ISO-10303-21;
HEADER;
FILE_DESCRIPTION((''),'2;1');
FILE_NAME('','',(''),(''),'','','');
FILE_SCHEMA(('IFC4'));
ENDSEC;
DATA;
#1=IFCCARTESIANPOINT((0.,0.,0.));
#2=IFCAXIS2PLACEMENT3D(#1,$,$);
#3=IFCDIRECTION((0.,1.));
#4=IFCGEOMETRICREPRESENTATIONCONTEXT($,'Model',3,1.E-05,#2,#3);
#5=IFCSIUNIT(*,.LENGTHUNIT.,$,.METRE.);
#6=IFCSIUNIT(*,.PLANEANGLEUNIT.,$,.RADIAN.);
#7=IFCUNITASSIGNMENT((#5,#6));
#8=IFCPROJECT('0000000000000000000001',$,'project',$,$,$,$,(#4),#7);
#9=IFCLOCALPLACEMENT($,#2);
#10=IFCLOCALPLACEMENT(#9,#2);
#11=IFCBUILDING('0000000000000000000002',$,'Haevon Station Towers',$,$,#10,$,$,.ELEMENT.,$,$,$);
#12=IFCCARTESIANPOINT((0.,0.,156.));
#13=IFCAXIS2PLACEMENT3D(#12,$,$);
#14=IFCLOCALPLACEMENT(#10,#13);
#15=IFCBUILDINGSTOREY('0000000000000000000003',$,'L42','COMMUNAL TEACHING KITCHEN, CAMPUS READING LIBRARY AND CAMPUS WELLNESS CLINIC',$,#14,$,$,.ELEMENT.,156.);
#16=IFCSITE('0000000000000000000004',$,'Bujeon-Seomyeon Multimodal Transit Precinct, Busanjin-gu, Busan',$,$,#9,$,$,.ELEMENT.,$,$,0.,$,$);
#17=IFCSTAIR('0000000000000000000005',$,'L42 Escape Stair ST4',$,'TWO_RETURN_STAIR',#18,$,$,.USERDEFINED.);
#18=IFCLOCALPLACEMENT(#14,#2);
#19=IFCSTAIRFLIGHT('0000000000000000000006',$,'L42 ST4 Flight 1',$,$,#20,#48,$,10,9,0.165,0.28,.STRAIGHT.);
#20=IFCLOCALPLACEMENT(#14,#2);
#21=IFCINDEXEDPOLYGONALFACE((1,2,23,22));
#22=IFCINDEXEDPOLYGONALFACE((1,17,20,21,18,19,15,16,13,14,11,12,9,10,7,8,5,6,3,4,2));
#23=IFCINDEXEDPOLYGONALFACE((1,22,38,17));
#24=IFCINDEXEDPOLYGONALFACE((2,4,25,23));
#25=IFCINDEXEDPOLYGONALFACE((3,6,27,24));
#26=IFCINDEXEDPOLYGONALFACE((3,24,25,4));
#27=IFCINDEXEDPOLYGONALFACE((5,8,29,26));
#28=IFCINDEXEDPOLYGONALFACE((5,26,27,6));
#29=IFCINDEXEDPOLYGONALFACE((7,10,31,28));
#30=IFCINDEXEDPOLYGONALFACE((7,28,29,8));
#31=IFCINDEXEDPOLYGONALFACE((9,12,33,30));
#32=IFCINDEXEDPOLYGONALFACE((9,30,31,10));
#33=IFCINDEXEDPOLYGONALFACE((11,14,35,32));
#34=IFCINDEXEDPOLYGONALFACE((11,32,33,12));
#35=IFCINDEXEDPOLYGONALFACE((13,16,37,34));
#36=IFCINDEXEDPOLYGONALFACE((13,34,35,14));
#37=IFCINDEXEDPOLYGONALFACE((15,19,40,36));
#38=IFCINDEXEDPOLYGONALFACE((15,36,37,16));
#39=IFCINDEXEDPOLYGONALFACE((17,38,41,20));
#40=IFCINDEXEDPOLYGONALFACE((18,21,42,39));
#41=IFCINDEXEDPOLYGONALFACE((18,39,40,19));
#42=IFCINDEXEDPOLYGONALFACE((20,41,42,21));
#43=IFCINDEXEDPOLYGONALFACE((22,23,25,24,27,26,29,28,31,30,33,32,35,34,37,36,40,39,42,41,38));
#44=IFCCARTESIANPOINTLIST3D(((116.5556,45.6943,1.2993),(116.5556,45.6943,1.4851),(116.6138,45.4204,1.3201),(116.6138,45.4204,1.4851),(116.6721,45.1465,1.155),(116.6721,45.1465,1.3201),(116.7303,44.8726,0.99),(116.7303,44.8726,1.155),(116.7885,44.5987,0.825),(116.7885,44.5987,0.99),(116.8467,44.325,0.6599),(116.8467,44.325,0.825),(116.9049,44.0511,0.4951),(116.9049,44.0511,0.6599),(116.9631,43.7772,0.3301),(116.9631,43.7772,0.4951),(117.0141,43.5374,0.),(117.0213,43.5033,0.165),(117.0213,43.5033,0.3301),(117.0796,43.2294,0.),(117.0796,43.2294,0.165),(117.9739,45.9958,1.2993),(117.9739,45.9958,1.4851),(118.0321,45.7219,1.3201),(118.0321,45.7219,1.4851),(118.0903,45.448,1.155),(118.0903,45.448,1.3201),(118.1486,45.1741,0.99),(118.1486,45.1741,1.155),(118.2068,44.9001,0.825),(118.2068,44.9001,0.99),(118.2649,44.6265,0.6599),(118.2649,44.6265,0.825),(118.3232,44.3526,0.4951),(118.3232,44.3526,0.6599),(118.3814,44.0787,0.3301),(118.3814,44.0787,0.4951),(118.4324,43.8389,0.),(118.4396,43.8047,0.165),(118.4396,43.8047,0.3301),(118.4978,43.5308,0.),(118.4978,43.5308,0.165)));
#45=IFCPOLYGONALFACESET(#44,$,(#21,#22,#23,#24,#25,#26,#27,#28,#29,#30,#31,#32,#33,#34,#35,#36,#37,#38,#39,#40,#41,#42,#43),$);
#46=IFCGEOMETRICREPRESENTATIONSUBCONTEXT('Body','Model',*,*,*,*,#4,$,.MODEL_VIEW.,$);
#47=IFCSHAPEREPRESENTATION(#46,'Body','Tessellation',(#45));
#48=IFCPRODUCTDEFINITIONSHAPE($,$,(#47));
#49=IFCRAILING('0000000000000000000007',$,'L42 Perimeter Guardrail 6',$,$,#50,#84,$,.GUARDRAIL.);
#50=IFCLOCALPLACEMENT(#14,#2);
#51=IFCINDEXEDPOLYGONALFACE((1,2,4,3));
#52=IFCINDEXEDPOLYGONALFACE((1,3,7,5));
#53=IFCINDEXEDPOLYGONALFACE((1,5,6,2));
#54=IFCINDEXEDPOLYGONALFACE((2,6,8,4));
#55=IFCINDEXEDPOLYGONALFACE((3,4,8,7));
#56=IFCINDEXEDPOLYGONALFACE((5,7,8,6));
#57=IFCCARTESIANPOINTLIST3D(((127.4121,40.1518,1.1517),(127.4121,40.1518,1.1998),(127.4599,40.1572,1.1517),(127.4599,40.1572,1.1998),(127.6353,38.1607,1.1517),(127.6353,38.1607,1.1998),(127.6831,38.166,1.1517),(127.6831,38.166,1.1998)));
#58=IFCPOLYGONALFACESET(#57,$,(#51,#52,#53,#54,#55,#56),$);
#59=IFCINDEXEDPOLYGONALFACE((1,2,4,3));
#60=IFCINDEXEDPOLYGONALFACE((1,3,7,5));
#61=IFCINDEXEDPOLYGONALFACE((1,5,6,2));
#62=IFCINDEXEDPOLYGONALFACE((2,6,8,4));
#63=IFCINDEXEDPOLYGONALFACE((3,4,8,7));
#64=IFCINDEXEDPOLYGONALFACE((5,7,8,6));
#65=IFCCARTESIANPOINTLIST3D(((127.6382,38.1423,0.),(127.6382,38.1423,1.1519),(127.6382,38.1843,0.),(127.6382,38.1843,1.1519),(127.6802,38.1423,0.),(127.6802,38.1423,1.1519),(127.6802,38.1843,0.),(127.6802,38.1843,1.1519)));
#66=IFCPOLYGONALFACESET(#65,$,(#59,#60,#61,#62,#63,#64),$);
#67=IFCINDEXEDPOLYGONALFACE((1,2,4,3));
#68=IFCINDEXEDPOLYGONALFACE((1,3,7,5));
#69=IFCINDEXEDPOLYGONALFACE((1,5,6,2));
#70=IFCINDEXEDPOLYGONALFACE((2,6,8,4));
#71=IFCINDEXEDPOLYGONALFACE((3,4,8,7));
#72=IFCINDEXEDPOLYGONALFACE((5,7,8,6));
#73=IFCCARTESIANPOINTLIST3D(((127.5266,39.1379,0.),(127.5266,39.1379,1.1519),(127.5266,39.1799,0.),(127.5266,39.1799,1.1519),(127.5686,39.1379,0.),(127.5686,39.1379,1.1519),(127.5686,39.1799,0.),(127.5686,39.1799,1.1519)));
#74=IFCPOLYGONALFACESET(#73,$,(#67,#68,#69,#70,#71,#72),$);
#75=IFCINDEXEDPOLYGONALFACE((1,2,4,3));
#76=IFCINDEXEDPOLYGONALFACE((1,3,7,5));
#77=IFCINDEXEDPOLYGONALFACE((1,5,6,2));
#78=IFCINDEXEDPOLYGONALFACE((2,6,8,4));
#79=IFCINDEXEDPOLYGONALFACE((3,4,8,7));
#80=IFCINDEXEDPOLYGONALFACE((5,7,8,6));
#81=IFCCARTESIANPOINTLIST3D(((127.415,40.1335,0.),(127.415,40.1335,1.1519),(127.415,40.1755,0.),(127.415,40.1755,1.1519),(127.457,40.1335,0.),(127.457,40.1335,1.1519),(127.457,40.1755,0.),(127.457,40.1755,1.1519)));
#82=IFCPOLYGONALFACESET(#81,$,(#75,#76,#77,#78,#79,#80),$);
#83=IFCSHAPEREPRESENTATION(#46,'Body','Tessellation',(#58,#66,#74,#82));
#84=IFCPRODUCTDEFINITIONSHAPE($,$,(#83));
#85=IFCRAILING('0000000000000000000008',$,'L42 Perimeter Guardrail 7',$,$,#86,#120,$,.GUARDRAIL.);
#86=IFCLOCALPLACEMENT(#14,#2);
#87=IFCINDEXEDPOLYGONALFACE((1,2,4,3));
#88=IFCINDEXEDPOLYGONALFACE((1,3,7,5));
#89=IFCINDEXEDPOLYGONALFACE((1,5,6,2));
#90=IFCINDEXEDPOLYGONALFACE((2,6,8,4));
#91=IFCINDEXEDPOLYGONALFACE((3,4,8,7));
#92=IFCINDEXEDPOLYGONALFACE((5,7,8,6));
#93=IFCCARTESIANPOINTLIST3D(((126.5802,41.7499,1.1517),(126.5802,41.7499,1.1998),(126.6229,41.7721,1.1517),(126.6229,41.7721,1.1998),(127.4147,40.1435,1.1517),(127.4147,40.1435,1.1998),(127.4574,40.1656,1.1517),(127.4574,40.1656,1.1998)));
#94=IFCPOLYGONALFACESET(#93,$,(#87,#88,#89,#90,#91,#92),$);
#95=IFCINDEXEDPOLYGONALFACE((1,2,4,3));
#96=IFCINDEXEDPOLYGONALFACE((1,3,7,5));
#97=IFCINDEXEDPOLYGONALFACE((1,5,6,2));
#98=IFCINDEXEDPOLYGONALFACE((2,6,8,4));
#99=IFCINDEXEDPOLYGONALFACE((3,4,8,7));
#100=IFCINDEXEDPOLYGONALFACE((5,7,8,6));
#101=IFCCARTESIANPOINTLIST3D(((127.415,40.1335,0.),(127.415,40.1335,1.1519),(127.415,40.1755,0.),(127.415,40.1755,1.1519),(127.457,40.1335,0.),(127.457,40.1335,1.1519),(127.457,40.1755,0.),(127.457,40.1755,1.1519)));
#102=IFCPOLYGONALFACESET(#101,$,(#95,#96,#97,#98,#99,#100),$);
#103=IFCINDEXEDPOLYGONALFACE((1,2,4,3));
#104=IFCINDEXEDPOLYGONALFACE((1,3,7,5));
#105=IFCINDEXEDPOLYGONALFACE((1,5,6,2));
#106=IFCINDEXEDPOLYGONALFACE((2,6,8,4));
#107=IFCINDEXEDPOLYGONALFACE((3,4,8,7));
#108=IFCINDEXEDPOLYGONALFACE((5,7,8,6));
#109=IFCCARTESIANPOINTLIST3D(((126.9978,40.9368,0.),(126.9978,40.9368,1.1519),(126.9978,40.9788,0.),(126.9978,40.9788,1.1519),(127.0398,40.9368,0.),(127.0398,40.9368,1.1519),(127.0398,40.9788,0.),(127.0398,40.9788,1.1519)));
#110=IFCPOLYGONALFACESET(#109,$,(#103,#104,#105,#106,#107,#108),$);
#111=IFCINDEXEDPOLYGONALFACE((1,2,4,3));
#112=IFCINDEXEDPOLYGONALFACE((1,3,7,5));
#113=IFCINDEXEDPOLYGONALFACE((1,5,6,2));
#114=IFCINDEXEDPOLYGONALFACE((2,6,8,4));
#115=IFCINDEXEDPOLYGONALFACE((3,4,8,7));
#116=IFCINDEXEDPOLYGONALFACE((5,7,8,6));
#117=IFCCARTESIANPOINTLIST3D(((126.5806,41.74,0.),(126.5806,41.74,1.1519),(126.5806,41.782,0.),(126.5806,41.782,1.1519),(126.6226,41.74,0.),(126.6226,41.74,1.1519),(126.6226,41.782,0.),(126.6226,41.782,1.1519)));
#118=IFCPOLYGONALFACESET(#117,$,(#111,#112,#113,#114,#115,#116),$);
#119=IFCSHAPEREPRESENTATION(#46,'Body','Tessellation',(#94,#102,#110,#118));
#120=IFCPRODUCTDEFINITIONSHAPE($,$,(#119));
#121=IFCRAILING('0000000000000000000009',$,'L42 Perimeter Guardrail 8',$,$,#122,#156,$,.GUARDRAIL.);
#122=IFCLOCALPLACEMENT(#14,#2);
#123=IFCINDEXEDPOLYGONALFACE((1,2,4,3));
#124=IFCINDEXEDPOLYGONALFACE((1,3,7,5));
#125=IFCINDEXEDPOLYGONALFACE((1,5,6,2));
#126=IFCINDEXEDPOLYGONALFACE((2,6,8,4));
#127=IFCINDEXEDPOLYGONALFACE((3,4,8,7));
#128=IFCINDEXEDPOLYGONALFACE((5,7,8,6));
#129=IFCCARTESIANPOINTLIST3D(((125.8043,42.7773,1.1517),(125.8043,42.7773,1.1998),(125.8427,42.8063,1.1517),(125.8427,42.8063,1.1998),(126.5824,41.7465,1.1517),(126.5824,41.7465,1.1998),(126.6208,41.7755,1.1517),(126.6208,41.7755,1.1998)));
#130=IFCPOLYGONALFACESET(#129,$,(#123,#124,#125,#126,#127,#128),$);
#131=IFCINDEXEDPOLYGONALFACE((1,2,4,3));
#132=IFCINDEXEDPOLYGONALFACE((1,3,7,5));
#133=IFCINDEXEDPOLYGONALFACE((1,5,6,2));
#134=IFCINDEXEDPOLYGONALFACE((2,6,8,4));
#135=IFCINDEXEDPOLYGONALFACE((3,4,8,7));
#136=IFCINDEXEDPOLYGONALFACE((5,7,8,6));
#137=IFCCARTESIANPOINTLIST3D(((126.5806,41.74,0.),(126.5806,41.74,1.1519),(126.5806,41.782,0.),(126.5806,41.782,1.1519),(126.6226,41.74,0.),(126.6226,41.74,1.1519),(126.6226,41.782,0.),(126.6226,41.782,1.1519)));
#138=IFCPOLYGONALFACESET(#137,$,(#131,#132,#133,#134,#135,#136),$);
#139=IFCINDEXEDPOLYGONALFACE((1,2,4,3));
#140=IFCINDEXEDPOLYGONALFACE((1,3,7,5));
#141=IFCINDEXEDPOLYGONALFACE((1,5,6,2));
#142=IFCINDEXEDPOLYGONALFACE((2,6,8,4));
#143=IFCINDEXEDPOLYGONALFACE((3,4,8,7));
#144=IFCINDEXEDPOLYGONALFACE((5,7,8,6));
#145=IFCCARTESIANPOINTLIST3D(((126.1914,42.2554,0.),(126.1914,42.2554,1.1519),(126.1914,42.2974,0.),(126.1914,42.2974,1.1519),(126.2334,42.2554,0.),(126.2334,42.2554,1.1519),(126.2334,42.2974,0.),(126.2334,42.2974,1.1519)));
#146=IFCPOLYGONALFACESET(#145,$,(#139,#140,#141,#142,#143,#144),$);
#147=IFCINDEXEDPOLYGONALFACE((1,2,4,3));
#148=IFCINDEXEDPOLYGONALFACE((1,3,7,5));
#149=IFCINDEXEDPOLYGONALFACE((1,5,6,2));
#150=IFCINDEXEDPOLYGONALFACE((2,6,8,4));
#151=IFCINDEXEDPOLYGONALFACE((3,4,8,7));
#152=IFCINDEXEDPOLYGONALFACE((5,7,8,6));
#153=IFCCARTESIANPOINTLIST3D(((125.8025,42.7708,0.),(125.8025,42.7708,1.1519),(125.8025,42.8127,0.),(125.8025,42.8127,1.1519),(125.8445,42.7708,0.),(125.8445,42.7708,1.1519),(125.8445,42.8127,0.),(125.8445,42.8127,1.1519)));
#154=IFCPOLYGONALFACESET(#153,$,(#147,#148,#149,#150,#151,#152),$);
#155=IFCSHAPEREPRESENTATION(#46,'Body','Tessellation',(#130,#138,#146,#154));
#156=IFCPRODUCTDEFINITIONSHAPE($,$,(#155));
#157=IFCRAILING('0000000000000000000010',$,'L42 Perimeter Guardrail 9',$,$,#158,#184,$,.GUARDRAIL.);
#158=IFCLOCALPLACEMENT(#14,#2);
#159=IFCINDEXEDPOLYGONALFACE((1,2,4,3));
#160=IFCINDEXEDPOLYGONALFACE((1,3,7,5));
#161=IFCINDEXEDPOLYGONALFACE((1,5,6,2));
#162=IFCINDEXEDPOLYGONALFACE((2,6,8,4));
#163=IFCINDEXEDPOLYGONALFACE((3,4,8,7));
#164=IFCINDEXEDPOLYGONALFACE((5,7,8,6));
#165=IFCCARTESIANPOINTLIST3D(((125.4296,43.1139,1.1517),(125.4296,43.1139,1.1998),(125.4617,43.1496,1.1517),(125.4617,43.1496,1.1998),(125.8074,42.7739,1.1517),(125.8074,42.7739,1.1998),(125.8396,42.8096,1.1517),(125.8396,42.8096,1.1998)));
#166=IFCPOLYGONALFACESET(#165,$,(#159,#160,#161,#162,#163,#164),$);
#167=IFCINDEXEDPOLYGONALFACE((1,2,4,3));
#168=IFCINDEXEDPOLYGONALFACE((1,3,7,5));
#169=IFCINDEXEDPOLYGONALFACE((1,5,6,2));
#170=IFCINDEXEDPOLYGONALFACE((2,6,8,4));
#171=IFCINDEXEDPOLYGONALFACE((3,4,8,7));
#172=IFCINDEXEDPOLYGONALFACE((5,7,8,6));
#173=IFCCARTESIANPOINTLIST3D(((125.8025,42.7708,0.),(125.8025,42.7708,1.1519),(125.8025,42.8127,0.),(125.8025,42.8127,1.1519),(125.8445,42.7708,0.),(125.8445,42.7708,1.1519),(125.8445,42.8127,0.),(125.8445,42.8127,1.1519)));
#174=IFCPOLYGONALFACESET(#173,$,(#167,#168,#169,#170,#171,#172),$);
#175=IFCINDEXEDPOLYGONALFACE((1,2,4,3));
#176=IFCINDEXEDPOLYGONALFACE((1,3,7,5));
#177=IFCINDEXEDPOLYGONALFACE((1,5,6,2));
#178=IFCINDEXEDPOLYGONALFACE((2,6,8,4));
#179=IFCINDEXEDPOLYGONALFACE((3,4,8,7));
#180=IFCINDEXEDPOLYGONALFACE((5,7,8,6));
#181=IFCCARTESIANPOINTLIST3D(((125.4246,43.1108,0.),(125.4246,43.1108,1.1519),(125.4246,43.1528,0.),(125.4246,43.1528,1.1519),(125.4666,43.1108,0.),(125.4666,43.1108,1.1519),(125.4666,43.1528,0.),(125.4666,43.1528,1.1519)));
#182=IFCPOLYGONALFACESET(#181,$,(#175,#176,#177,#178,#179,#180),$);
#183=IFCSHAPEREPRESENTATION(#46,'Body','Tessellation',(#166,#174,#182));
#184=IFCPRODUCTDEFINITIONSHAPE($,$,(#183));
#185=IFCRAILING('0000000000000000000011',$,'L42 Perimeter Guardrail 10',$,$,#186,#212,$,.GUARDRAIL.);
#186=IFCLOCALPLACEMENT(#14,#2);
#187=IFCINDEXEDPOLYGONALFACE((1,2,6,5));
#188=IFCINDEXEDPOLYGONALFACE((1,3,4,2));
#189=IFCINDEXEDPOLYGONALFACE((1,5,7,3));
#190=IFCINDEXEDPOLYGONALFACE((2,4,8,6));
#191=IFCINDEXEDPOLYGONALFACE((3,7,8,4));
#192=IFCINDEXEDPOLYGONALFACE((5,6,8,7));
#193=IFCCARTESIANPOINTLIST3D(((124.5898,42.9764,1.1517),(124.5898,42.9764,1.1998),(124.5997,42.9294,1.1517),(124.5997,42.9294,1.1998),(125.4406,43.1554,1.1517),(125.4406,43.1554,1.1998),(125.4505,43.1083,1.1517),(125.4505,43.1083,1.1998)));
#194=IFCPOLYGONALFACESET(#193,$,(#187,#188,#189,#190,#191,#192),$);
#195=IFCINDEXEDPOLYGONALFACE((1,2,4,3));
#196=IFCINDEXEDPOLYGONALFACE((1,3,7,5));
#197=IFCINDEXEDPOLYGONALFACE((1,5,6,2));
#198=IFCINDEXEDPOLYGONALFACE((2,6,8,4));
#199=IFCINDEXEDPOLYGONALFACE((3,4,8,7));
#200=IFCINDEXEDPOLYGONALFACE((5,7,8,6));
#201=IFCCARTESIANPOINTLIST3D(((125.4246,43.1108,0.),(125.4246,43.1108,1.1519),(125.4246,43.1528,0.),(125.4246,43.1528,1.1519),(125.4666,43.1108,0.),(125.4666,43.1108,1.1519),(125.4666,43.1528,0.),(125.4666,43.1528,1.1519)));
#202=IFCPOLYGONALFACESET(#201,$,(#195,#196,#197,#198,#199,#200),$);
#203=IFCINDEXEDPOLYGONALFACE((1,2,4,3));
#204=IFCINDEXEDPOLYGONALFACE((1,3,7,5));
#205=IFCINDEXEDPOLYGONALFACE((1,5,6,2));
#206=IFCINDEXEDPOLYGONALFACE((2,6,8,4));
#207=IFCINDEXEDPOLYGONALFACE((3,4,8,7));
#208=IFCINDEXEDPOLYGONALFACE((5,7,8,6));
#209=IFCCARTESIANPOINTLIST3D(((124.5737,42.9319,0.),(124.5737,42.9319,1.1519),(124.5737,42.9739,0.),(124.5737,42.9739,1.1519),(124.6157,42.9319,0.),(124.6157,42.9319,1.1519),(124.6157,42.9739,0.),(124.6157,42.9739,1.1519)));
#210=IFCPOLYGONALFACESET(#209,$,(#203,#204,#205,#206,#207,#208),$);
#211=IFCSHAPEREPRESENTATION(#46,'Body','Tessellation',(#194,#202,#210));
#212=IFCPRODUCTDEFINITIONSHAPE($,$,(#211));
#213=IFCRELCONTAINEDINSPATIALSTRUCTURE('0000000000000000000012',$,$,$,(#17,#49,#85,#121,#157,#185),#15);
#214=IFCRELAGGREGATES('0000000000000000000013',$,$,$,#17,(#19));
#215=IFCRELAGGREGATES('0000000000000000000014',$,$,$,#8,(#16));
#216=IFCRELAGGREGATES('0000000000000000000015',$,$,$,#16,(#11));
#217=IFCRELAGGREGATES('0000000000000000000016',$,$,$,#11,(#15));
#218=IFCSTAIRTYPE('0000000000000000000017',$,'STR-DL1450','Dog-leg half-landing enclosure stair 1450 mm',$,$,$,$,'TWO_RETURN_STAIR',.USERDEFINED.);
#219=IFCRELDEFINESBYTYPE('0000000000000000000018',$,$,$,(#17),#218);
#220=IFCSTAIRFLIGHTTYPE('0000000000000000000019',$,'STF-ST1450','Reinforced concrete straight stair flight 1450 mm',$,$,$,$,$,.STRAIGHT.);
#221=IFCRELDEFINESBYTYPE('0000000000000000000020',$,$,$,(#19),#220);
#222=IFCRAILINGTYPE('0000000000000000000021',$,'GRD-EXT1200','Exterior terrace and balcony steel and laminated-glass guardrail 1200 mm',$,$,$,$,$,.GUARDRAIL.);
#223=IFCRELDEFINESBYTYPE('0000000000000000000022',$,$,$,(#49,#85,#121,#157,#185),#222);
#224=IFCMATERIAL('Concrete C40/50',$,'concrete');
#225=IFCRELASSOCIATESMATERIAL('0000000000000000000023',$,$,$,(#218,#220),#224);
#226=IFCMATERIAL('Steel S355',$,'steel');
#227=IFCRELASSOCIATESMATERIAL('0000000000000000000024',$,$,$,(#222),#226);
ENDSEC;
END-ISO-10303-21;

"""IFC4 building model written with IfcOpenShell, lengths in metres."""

from ifc_helpers import new_model, si_unit, direction, frame, origin, origin_2d, place, context, subcontext, project, spatial, polyline, rectangle, outline, extrude, material, type_object, element, aggregate, save


model = new_model("IFC4")

# Units and contexts
model_context = context("Model", 3, precision=1e-05, world=origin(), true_north=direction((0.0, 1.0)))
body_context = subcontext(model_context, "Body", "Model", "MODEL_VIEW")
ifc_project = project(units=[si_unit("LENGTHUNIT", "METRE"), si_unit("PLANEANGLEUNIT", "RADIAN")], contexts=[model_context])

# Site, building, storey
site_placement = place(None, origin())
site = spatial("IfcSite", under=ifc_project, at=site_placement, Name="Bujeon-Seomyeon Multimodal Transit Precinct, Busanjin-gu, Busan", CompositionType="ELEMENT", RefElevation=0.0)
building_placement = place(site_placement, origin())
building = spatial("IfcBuilding", under=site, at=building_placement, Name="Haevon Station Towers", CompositionType="ELEMENT")
storey_placement = place(building_placement, frame((0.0, 0.0, 156.0)))
storey = spatial("IfcBuildingStorey", under=building, at=storey_placement, Name="L42", Description="COMMUNAL TEACHING KITCHEN, CAMPUS READING LIBRARY AND CAMPUS WELLNESS CLINIC", CompositionType="ELEMENT", Elevation=156.0)

# Shared definitions
ifc_material_1 = material(Name="Steel S355", Category="steel")

# Stair, stair flight
ifc_material_2 = material(Name="Concrete C40/50", Category="concrete")
stair_type = type_object("IfcStairType", Name="STR-DL1450", Description="Dog-leg half-landing enclosure stair 1450 mm", ElementType="TWO_RETURN_STAIR", PredefinedType="USERDEFINED", material=ifc_material_2)
stair_placement = place(storey_placement, origin())
stair = element("IfcStair", 1, at=stair_placement, inside=storey, type_object=stair_type, Name="L42 Escape Stair ST4", ObjectType="TWO_RETURN_STAIR", PredefinedType="USERDEFINED")
stair_flight_type = type_object("IfcStairFlightType", Name="STF-ST1450", Description="Reinforced concrete straight stair flight 1450 mm", PredefinedType="STRAIGHT", material=ifc_material_2)
stair_flight_placement = place(storey_placement, frame((117.7888, 43.3801, 0.0), z_axis=(0.0, 0.0, 1.0), x_axis=(-0.207912, 0.978148, 0.0)))
stair_flight = element("IfcStairFlight", 2, at=stair_flight_placement, type_object=stair_flight_type, Name="L42 ST4 Flight 1", NumberOfRisers=10, NumberOfTreads=9, PredefinedType="STRAIGHT", RiserHeight=0.165, TreadLength=0.28, context=body_context, shape_type="SweptSolid", body=[
    extrude(outline(polyline([(0.0, 0.0), (0.0, 0.165), (0.28, 0.165), (0.28, 0.3301), (0.5601, 0.3301), (0.5601, 0.4951), (0.8401, 0.4951), (0.8401, 0.6599), (1.1201, 0.6599), (1.1201, 0.825), (1.3999, 0.825), (1.3999, 0.99), (1.6799, 0.99), (1.6799, 1.155), (1.96, 1.155), (1.96, 1.3201), (2.24, 1.3201), (2.24, 1.4851), (2.52, 1.4851), (2.52, 1.6499), (2.52, 1.2993), (0.3149, 0.0), (0.0, 0.0)])), frame((0.0, 0.7251, 0.0), z_axis=(0.0, -1.0, 0.0), x_axis=(1.0, 0.0, 0.0)), (0.0, 0.0, 1.0), 1.45),
])
aggregate(stair, [stair_flight])

# Railings
railing_type_1 = type_object("IfcRailingType", Name="GRD-EXT1200", Description="Exterior terrace and balcony steel and laminated-glass guardrail 1200 mm", PredefinedType="GUARDRAIL", material=ifc_material_1)
railing_1_placement = place(storey_placement, frame((127.6592, 38.1633, 0.0)))
element("IfcRailing", 3, at=railing_1_placement, inside=storey, type_object=railing_type_1, Name="L42 Perimeter Guardrail 6", PredefinedType="GUARDRAIL", context=body_context, shape_type="SweptSolid", body=[
    extrude(rectangle(XDim=0.0481, YDim=0.0481, at=origin_2d()), frame((0.0, 0.0, 1.1758), z_axis=(-0.111368, 0.993779, 0.0), x_axis=(-0.993779, -0.111368, 0.0)), (0.0, 0.0, 1.0), 2.0037),
    extrude(rectangle(XDim=0.042, YDim=0.042, at=origin_2d()), origin(), (0.0, 0.0, 1.0), 1.1519),
    extrude(rectangle(XDim=0.042, YDim=0.042, at=origin_2d()), frame((-0.1116, 0.9956, 0.0)), (0.0, 0.0, 1.0), 1.1519),
    extrude(rectangle(XDim=0.042, YDim=0.042, at=origin_2d()), frame((-0.2231, 1.9912, 0.0)), (0.0, 0.0, 1.0), 1.1519),
])
railing_2_placement = place(storey_placement, frame((127.436, 40.1545, 0.0)))
element("IfcRailing", 4, at=railing_2_placement, inside=storey, type_object=railing_type_1, Name="L42 Perimeter Guardrail 7", PredefinedType="GUARDRAIL", context=body_context, shape_type="SweptSolid", body=[
    extrude(rectangle(XDim=0.0481, YDim=0.0481, at=origin_2d()), frame((0.0, 0.0, 1.1758), z_axis=(-0.460971, 0.887415, 0.0), x_axis=(-0.887415, -0.460971, 0.0)), (0.0, 0.0, 1.0), 1.8103),
    extrude(rectangle(XDim=0.042, YDim=0.042, at=origin_2d()), origin(), (0.0, 0.0, 1.0), 1.1519),
    extrude(rectangle(XDim=0.042, YDim=0.042, at=origin_2d()), frame((-0.4172, 0.8032, 0.0)), (0.0, 0.0, 1.0), 1.1519),
    extrude(rectangle(XDim=0.042, YDim=0.042, at=origin_2d()), frame((-0.8345, 1.6064, 0.0)), (0.0, 0.0, 1.0), 1.1519),
])
railing_3_placement = place(storey_placement, frame((126.6016, 41.761, 0.0)))
element("IfcRailing", 5, at=railing_3_placement, inside=storey, type_object=railing_type_1, Name="L42 Perimeter Guardrail 8", PredefinedType="GUARDRAIL", context=body_context, shape_type="SweptSolid", body=[
    extrude(rectangle(XDim=0.0481, YDim=0.0481, at=origin_2d()), frame((0.0, 0.0, 1.1758), z_axis=(-0.602477, 0.798136, 0.0), x_axis=(-0.798136, -0.602477, 0.0)), (0.0, 0.0, 1.0), 1.2915),
    extrude(rectangle(XDim=0.042, YDim=0.042, at=origin_2d()), origin(), (0.0, 0.0, 1.0), 1.1519),
    extrude(rectangle(XDim=0.042, YDim=0.042, at=origin_2d()), frame((-0.3892, 0.5154, 0.0)), (0.0, 0.0, 1.0), 1.1519),
    extrude(rectangle(XDim=0.042, YDim=0.042, at=origin_2d()), frame((-0.7781, 1.0308, 0.0)), (0.0, 0.0, 1.0), 1.1519),
])
railing_4_placement = place(storey_placement, frame((125.8235, 42.7917, 0.0)))
element("IfcRailing", 6, at=railing_4_placement, inside=storey, type_object=railing_type_1, Name="L42 Perimeter Guardrail 9", PredefinedType="GUARDRAIL", context=body_context, shape_type="SweptSolid", body=[
    extrude(rectangle(XDim=0.0481, YDim=0.0481, at=origin_2d()), frame((0.0, 0.0, 1.1758), z_axis=(-0.743342, 0.668912, 0.0), x_axis=(-0.668912, -0.743342, 0.0)), (0.0, 0.0, 1.0), 0.5083),
    extrude(rectangle(XDim=0.042, YDim=0.042, at=origin_2d()), origin(), (0.0, 0.0, 1.0), 1.1519),
    extrude(rectangle(XDim=0.042, YDim=0.042, at=origin_2d()), frame((-0.3779, 0.3401, 0.0)), (0.0, 0.0, 1.0), 1.1519),
])
railing_5_placement = place(storey_placement, frame((125.4456, 43.1318, 0.0)))
element("IfcRailing", 7, at=railing_5_placement, inside=storey, type_object=railing_type_1, Name="L42 Perimeter Guardrail 10", PredefinedType="GUARDRAIL", context=body_context, shape_type="SweptSolid", body=[
    extrude(rectangle(XDim=0.0481, YDim=0.0481, at=origin_2d()), frame((0.0, 0.0, 1.1758), z_axis=(-0.978588, -0.205827, 0.0), x_axis=(0.205827, -0.978588, 0.0)), (0.0, 0.0, 1.0), 0.8694),
    extrude(rectangle(XDim=0.042, YDim=0.042, at=origin_2d()), origin(), (0.0, 0.0, 1.0), 1.1519),
    extrude(rectangle(XDim=0.042, YDim=0.042, at=origin_2d()), frame((-0.8508, -0.179, 0.0)), (0.0, 0.0, 1.0), 1.1519),
])

save(model, "model.ifc")
